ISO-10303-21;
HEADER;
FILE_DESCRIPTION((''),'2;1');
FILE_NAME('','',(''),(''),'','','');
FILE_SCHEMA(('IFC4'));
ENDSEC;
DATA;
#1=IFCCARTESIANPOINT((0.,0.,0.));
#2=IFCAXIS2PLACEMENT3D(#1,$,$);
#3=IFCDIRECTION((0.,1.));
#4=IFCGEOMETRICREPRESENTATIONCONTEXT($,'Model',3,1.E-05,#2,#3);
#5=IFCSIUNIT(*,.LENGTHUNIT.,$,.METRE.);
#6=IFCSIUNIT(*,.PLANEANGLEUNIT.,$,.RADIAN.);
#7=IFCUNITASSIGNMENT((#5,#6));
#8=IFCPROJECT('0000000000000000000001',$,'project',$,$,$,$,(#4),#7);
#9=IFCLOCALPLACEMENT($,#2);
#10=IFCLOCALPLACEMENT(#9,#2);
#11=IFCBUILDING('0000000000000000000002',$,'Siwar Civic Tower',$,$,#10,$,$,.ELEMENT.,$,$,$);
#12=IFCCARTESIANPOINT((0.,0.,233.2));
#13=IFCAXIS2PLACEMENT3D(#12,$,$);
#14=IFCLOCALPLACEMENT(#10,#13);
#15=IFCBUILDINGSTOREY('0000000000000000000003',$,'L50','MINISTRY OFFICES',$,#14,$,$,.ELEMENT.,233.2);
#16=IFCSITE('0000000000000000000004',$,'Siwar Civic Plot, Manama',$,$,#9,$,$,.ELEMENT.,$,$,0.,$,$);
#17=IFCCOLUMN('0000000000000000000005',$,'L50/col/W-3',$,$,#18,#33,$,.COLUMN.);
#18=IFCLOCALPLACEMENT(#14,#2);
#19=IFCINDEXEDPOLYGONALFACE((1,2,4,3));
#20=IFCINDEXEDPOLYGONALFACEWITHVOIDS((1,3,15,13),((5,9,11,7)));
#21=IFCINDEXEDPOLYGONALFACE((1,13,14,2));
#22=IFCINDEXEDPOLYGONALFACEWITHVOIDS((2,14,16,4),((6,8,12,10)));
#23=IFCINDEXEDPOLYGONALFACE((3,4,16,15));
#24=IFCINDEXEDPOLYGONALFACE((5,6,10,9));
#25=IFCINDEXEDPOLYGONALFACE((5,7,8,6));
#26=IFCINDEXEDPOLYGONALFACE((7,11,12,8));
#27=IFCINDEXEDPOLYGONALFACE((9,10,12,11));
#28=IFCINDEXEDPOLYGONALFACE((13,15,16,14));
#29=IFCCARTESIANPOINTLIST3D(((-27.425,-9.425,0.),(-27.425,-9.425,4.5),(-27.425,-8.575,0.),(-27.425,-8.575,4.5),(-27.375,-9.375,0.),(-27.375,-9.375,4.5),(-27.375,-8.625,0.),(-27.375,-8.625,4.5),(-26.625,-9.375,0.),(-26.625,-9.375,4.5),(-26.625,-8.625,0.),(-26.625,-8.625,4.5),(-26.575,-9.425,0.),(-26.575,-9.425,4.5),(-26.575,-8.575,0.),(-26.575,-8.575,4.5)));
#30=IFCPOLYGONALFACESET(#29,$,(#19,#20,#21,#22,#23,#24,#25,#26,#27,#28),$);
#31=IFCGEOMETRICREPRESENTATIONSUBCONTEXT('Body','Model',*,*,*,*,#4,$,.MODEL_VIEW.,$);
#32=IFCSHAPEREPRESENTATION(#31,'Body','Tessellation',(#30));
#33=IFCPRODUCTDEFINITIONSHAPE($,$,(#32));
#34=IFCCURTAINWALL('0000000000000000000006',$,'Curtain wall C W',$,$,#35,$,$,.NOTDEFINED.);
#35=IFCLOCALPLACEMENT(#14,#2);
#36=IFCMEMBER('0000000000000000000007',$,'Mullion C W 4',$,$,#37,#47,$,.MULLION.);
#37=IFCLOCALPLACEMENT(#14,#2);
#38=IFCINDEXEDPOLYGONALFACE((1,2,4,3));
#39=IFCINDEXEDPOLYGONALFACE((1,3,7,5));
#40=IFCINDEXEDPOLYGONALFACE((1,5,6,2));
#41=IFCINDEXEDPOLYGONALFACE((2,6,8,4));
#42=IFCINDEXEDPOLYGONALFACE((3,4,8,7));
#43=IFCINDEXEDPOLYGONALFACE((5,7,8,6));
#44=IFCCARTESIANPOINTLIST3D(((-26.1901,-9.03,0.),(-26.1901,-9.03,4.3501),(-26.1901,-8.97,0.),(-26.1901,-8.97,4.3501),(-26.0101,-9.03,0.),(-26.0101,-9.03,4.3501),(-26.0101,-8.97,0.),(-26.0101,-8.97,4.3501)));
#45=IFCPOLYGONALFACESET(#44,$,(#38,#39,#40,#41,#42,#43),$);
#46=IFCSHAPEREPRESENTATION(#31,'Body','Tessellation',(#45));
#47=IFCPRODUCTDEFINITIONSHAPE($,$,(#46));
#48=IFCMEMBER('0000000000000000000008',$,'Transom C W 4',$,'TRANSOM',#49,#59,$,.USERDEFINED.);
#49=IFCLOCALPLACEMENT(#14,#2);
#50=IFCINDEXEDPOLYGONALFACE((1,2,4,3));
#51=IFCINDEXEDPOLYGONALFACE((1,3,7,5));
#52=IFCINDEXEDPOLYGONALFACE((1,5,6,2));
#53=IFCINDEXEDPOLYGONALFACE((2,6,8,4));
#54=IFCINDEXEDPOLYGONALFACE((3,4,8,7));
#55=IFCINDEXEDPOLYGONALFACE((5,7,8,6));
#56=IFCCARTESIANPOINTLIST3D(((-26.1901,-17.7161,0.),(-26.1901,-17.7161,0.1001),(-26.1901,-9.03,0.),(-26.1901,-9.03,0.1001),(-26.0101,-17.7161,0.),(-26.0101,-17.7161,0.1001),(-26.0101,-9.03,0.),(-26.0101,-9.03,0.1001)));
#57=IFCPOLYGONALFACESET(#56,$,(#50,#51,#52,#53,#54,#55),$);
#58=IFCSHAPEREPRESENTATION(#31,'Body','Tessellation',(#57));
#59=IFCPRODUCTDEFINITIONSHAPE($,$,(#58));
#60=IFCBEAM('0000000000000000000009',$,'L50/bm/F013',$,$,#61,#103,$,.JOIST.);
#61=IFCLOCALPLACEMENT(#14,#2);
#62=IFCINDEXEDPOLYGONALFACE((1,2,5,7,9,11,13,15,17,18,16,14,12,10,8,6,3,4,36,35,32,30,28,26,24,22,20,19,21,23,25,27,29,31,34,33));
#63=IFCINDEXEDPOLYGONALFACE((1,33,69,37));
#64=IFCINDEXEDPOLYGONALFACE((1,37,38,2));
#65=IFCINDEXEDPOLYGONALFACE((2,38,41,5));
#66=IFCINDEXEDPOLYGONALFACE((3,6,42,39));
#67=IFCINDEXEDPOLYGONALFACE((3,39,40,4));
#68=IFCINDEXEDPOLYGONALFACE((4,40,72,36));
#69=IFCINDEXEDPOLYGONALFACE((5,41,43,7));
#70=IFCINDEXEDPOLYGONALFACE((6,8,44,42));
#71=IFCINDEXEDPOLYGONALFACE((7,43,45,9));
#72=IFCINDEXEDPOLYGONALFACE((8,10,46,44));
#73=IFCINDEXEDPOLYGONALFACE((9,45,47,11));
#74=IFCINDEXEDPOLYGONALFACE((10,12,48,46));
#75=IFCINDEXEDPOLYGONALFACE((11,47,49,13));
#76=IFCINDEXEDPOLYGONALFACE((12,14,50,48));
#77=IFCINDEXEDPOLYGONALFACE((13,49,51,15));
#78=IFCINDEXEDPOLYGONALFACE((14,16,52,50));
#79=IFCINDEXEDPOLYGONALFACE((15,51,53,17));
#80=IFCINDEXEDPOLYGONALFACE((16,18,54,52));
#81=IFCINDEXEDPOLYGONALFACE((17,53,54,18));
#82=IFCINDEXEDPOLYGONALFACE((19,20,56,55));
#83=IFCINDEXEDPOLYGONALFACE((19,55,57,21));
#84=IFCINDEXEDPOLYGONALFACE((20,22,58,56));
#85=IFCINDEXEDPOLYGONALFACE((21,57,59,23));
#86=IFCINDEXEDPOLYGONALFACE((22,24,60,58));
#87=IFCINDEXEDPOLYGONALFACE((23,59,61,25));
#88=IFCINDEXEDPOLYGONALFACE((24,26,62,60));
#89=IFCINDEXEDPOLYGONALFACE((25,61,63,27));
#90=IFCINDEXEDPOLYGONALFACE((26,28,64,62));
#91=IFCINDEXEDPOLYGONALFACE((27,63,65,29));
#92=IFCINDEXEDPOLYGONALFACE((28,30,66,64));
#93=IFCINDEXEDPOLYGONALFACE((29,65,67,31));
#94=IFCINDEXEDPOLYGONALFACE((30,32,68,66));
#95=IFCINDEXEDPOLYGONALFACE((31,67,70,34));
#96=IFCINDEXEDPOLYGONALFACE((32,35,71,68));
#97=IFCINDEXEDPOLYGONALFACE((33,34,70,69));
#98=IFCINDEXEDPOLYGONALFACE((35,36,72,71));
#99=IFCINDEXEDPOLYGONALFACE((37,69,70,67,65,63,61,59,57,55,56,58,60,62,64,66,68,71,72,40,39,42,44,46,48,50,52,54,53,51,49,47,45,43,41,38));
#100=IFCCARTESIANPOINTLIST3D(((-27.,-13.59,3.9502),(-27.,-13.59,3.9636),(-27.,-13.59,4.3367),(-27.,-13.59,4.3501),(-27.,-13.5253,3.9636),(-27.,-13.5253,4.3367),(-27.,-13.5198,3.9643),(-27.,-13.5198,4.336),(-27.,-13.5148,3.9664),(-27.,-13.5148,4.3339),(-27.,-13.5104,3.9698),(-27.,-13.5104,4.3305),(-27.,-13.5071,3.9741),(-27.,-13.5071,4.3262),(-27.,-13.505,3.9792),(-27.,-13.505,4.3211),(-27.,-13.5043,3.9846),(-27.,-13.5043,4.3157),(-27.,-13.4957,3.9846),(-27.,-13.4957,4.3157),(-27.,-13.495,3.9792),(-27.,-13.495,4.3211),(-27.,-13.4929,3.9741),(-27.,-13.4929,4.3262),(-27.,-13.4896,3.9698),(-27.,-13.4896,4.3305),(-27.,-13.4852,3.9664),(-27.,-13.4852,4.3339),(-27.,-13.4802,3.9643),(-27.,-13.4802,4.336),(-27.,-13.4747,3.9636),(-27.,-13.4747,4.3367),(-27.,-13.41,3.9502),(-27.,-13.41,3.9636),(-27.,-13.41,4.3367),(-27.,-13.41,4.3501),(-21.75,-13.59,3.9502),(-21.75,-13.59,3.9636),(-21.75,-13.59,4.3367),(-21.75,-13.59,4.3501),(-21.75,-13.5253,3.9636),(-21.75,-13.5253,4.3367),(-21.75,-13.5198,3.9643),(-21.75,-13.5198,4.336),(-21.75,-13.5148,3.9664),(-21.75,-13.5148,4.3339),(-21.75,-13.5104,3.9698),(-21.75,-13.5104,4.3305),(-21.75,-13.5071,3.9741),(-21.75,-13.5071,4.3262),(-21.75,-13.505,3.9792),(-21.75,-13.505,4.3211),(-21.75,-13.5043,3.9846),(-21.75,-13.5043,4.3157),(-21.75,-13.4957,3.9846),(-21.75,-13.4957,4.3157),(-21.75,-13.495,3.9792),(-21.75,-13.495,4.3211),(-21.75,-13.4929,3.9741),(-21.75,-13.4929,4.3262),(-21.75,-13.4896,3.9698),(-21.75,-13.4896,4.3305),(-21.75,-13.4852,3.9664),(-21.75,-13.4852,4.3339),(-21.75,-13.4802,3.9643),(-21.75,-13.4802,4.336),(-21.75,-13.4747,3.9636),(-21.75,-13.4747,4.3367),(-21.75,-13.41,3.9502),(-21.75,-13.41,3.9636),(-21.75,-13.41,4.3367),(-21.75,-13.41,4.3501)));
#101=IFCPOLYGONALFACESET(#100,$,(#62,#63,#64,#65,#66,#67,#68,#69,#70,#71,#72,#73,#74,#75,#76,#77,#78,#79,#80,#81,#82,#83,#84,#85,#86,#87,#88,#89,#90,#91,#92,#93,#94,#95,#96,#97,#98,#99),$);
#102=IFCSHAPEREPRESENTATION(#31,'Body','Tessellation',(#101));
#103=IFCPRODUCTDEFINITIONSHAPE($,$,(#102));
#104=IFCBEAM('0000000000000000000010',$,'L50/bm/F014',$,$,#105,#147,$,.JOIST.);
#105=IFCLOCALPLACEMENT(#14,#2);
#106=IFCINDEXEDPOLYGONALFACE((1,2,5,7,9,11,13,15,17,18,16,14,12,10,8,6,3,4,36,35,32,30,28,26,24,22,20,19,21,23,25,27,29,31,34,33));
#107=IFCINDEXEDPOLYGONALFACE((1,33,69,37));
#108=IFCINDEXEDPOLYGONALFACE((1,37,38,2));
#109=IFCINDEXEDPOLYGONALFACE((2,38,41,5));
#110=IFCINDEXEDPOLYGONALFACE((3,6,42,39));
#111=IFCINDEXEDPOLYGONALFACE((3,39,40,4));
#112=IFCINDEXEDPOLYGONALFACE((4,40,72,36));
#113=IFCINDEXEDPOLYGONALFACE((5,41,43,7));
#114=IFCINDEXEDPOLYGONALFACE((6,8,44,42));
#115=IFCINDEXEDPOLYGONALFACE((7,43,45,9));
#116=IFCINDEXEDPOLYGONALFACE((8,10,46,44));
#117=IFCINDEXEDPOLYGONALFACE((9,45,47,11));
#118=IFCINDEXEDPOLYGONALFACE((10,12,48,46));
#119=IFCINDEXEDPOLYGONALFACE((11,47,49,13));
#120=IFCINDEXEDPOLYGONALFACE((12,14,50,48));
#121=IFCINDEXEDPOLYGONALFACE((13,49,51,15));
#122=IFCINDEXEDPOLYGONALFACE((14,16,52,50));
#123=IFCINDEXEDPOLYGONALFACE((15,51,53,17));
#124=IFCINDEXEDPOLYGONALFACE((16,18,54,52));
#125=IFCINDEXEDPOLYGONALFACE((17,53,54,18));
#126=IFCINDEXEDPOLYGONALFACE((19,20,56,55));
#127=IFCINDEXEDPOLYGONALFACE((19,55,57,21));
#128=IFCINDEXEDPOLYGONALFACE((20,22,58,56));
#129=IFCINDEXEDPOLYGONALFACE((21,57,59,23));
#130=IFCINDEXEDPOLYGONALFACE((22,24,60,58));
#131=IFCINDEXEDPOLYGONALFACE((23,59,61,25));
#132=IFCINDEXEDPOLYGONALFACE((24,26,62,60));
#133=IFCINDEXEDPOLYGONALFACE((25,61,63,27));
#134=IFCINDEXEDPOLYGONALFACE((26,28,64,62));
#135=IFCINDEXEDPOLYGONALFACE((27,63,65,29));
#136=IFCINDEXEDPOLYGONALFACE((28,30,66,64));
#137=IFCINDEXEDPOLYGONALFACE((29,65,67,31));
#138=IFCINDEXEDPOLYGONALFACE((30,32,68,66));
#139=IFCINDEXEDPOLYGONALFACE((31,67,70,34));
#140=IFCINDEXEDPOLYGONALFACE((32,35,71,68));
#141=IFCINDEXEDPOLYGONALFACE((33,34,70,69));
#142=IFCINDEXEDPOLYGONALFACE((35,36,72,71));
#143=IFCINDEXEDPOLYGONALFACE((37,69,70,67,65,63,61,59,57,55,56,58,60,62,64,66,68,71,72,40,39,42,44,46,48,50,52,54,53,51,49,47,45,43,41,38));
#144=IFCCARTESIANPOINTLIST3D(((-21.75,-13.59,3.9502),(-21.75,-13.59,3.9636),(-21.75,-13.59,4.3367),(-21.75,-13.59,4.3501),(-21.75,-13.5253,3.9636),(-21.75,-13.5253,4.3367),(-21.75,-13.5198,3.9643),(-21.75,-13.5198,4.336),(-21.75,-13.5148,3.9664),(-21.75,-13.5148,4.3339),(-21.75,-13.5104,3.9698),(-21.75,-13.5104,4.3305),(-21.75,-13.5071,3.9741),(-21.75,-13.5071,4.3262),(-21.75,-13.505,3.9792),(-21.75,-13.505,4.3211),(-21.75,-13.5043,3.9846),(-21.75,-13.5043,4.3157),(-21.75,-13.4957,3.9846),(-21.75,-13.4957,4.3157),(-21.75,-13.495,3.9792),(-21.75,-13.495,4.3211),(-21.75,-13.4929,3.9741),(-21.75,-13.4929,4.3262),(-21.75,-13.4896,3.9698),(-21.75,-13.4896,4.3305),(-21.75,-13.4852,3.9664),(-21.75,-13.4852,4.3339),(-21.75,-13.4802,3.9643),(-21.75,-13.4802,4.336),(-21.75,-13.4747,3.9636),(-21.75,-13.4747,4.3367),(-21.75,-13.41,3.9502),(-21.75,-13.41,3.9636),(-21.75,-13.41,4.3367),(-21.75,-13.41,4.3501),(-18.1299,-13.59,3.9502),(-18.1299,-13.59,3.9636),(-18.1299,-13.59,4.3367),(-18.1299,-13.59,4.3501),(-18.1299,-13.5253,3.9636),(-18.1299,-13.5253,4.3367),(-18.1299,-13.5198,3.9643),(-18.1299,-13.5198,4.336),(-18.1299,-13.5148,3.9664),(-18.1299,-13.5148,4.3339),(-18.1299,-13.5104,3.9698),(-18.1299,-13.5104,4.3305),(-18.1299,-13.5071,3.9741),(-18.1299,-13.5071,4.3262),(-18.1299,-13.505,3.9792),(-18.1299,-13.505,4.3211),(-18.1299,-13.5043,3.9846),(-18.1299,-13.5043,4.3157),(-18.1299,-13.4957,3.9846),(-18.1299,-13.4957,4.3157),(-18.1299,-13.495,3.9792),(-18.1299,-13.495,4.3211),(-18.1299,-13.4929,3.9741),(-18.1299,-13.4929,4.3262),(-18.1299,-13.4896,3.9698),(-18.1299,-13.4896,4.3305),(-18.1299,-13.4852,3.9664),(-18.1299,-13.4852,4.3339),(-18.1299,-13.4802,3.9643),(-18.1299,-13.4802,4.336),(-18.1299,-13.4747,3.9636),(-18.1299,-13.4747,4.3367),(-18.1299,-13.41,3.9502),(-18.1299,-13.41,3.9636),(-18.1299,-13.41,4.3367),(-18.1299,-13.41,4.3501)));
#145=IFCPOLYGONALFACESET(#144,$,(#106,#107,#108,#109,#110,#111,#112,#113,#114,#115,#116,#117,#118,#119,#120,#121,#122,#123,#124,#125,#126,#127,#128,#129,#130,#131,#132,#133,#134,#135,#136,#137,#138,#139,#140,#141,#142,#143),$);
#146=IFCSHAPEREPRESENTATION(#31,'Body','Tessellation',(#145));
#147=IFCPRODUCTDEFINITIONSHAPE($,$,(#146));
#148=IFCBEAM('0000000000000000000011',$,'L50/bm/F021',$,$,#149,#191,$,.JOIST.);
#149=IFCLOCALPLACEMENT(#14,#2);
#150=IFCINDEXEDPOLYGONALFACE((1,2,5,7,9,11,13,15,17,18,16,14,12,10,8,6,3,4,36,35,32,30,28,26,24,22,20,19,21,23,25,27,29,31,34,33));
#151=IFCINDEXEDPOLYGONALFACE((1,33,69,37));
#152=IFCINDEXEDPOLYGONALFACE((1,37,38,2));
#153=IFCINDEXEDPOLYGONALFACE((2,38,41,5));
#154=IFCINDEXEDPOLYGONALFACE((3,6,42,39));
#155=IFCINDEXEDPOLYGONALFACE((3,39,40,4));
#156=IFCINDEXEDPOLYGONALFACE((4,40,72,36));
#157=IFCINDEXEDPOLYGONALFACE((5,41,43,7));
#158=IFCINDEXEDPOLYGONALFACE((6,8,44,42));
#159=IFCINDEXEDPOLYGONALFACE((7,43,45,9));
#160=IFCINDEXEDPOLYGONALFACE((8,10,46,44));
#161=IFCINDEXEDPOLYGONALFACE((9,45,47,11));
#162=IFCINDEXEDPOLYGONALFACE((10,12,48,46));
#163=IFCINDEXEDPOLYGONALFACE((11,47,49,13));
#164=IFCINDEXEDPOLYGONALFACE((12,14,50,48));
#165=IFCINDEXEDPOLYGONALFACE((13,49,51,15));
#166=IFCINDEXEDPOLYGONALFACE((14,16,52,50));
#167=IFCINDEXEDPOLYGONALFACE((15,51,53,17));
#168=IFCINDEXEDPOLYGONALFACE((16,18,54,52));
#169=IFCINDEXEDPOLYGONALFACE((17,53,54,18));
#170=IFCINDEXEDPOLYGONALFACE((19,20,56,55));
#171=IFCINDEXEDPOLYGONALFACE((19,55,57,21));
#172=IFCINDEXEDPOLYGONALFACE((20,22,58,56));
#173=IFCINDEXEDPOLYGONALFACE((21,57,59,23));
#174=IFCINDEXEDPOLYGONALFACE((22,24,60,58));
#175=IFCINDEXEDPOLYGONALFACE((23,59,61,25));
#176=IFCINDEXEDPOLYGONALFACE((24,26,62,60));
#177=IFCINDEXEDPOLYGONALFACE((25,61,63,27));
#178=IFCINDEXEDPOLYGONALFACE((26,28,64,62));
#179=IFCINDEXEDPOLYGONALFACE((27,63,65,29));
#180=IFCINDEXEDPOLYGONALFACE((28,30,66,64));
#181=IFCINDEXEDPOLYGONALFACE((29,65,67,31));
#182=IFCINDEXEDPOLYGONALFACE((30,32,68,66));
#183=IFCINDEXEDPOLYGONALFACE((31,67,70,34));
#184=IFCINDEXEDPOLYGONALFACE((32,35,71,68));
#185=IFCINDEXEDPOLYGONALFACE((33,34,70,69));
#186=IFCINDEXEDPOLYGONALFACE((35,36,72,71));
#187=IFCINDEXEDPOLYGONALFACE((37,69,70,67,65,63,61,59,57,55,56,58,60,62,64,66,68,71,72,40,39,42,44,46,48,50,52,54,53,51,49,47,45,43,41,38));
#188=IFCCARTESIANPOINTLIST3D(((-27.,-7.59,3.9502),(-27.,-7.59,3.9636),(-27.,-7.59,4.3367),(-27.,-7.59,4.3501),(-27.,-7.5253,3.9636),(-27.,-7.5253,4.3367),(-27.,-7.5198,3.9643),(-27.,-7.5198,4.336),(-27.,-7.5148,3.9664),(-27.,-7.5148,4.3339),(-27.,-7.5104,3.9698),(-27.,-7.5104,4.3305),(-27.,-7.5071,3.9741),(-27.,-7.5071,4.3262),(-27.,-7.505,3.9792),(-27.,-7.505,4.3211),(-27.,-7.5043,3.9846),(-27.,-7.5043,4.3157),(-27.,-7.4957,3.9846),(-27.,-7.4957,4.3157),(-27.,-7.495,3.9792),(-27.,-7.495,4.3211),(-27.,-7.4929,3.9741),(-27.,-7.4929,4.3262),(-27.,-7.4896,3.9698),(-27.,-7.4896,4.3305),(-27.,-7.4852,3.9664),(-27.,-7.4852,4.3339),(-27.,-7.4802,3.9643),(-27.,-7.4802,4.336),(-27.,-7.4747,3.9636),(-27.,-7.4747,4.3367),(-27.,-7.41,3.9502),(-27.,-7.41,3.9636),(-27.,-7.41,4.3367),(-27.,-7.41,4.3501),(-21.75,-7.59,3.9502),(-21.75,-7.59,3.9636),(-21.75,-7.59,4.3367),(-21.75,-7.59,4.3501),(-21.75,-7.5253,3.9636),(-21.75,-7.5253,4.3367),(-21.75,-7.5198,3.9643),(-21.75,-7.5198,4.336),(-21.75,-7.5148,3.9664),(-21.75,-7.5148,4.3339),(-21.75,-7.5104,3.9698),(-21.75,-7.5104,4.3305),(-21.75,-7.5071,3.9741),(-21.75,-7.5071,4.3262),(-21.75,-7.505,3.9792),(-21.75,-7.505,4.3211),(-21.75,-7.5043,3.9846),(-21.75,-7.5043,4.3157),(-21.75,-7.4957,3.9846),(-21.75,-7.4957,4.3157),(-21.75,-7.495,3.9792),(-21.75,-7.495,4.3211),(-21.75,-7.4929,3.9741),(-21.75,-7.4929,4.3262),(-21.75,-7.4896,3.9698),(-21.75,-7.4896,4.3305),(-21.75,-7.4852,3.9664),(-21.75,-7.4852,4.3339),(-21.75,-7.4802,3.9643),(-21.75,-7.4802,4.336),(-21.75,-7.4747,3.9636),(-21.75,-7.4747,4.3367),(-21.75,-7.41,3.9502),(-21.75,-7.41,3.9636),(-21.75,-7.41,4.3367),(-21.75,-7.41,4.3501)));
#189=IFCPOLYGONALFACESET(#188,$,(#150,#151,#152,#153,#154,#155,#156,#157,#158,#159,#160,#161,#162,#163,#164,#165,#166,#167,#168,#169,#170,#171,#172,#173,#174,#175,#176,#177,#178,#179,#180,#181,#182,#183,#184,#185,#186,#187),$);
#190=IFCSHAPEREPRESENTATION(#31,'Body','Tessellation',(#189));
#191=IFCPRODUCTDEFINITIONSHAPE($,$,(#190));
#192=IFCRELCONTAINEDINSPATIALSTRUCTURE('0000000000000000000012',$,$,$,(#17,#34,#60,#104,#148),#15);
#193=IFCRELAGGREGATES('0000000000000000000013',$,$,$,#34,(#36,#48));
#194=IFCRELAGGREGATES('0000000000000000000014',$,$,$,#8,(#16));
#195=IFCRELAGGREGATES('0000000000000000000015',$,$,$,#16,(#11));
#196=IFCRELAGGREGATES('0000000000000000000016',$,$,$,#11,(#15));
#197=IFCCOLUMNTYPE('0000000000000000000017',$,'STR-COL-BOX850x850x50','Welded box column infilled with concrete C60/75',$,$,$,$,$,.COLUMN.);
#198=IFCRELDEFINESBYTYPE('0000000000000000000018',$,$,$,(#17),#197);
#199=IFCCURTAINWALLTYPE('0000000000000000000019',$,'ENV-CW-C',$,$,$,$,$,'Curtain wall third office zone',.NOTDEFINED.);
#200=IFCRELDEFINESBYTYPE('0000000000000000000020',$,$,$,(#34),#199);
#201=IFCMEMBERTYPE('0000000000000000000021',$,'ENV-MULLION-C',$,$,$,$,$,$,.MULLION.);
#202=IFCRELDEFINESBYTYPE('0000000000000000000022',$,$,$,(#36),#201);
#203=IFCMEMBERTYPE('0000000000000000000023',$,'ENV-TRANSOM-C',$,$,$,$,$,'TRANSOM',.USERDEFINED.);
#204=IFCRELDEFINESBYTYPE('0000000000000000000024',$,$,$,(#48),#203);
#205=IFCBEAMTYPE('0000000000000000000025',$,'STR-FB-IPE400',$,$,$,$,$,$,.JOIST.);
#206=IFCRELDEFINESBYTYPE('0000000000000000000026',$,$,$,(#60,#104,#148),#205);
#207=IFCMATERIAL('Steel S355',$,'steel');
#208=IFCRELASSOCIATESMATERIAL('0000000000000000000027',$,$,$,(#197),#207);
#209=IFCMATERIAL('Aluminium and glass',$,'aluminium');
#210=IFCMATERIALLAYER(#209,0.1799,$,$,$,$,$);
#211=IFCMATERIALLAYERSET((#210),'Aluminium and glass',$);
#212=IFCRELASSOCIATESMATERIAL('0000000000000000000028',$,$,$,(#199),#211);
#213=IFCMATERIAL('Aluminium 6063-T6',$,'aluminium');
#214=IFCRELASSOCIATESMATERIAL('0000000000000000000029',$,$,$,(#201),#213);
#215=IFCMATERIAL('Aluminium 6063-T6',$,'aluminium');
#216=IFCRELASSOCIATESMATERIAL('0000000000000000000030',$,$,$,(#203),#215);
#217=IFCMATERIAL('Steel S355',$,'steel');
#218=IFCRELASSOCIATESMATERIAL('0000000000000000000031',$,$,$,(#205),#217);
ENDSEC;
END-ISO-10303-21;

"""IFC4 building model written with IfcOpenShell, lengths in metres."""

from ifc_helpers import new_model, si_unit, direction, frame, origin, origin_2d, place, context, subcontext, project, spatial, rectangle, hollow_rectangle, i_section, extrude, material, layer, layer_set, material_profile, profile_set, type_object, element, aggregate, save


model = new_model("IFC4")

# Units and contexts
model_context = context("Model", 3, precision=1e-05, world=origin(), true_north=direction((0.0, 1.0)))
body_context = subcontext(model_context, "Body", "Model", "MODEL_VIEW")
ifc_project = project(units=[si_unit("LENGTHUNIT", "METRE"), si_unit("PLANEANGLEUNIT", "RADIAN")], contexts=[model_context])

# Site, building, storey
site_placement = place(None, origin())
site = spatial("IfcSite", under=ifc_project, at=site_placement, Name="Siwar Civic Plot, Manama", CompositionType="ELEMENT", RefElevation=0.0)
building_placement = place(site_placement, origin())
building = spatial("IfcBuilding", under=site, at=building_placement, Name="Siwar Civic Tower", CompositionType="ELEMENT")
storey_placement = place(building_placement, frame((0.0, 0.0, 233.2)))
storey = spatial("IfcBuildingStorey", under=building, at=storey_placement, Name="L50", Description="MINISTRY OFFICES", CompositionType="ELEMENT", Elevation=233.2)

# Column
ifc_material_1 = material(Name="Steel S355", Category="steel")
ifc_material_profile_1 = material_profile(ifc_material_1, hollow_rectangle(XDim=0.8501, YDim=0.8501, WallThickness=0.05, at=origin_2d()), Name="BOX850x850x50")
ifc_profile_set_1 = profile_set([ifc_material_profile_1], Name="Steel S355")
column_type = type_object("IfcColumnType", Name="STR-COL-BOX850x850x50", Description="Welded box column infilled with concrete C60/75", PredefinedType="COLUMN", material=ifc_profile_set_1)
column_placement = place(storey_placement, frame((-27.0, -9.0, 0.0), z_axis=(0.0, 0.0, 1.0), x_axis=(1.0, 0.0, 0.0)))
element("IfcColumn", 1, at=column_placement, inside=storey, type_object=column_type, Name="L50/col/W-3", PredefinedType="COLUMN", context=body_context, shape_type="SweptSolid", body=[
    extrude(hollow_rectangle(XDim=0.8501, YDim=0.8501, WallThickness=0.05, at=origin_2d()), origin(), (0.0, 0.0, 1.0), 4.5),
])

# Curtain wall, members
ifc_material_2 = material(Name="Aluminium and glass", Category="aluminium")
ifc_layer_1 = layer(ifc_material_2, 0.1799)
ifc_layer_set_1 = layer_set([ifc_layer_1], Name="Aluminium and glass")
curtain_wall_type = type_object("IfcCurtainWallType", Name="ENV-CW-C", ElementType="Curtain wall third office zone", PredefinedType="NOTDEFINED", material=ifc_layer_set_1)
curtain_wall_placement = place(storey_placement, origin())
curtain_wall = element("IfcCurtainWall", 2, at=curtain_wall_placement, inside=storey, type_object=curtain_wall_type, Name="Curtain wall C W", PredefinedType="NOTDEFINED")
ifc_material_3 = material(Name="Aluminium 6063-T6", Category="aluminium")
ifc_material_profile_2 = material_profile(ifc_material_3, rectangle(XDim=0.1799, YDim=0.0601, at=origin_2d()), Name="AL 180x60")
ifc_profile_set_2 = profile_set([ifc_material_profile_2], Name="Aluminium 6063-T6")
member_type_1 = type_object("IfcMemberType", Name="ENV-MULLION-C", PredefinedType="MULLION", material=ifc_profile_set_2)
member_1_placement = place(storey_placement, frame((-26.1001, -9.0, 0.0), z_axis=(0.0, 0.0, 1.0), x_axis=(1.0, 0.0, 0.0)))
member_1 = element("IfcMember", 3, at=member_1_placement, type_object=member_type_1, Name="Mullion C W 4", PredefinedType="MULLION", context=body_context, shape_type="SweptSolid", body=[
    extrude(rectangle(XDim=0.1799, YDim=0.0601, at=origin_2d()), origin(), (0.0, 0.0, 1.0), 4.3501),
])
ifc_material_4 = material(Name="Aluminium 6063-T6", Category="aluminium")
ifc_material_profile_3 = material_profile(ifc_material_4, rectangle(XDim=0.1799, YDim=0.1001, at=origin_2d()), Name="AL 180x100")
ifc_profile_set_3 = profile_set([ifc_material_profile_3], Name="Aluminium 6063-T6")
member_type_2 = type_object("IfcMemberType", Name="ENV-TRANSOM-C", ElementType="TRANSOM", PredefinedType="USERDEFINED", material=ifc_profile_set_3)
member_2_placement = place(storey_placement, frame((-26.1001, -9.03, 0.05), z_axis=(0.0, -1.0, 0.0), x_axis=(1.0, 0.0, 0.0)))
member_2 = element("IfcMember", 4, at=member_2_placement, type_object=member_type_2, Name="Transom C W 4", ObjectType="TRANSOM", PredefinedType="USERDEFINED", context=body_context, shape_type="SweptSolid", body=[
    extrude(rectangle(XDim=0.1799, YDim=0.1001, at=origin_2d()), origin(), (0.0, 0.0, 1.0), 8.686),
])

# Beams
ifc_material_5 = material(Name="Steel S355", Category="steel")
ifc_material_profile_4 = material_profile(ifc_material_5, i_section(OverallWidth=0.1799, OverallDepth=0.3999, WebThickness=0.0085, FlangeThickness=0.0134, FilletRadius=0.021, at=origin_2d()), Name="IPE400")
ifc_profile_set_4 = profile_set([ifc_material_profile_4], Name="Steel S355")
beam_type_1 = type_object("IfcBeamType", Name="STR-FB-IPE400", PredefinedType="JOIST", material=ifc_profile_set_4)
beam_1_placement = place(storey_placement, frame((-27.0, -13.5, 4.1501), z_axis=(1.0, 0.0, 0.0), x_axis=(0.0, 1.0, 0.0)))
element("IfcBeam", 5, at=beam_1_placement, inside=storey, type_object=beam_type_1, Name="L50/bm/F013", PredefinedType="JOIST", context=body_context, shape_type="SweptSolid", body=[
    extrude(i_section(OverallWidth=0.1799, OverallDepth=0.3999, WebThickness=0.0085, FlangeThickness=0.0134, FilletRadius=0.021, at=origin_2d()), origin(), (0.0, 0.0, 1.0), 5.25),
])
beam_2_placement = place(storey_placement, frame((-21.75, -13.5, 4.1501), z_axis=(1.0, 0.0, 0.0), x_axis=(0.0, 1.0, 0.0)))
element("IfcBeam", 6, at=beam_2_placement, inside=storey, type_object=beam_type_1, Name="L50/bm/F014", PredefinedType="JOIST", context=body_context, shape_type="SweptSolid", body=[
    extrude(i_section(OverallWidth=0.1799, OverallDepth=0.3999, WebThickness=0.0085, FlangeThickness=0.0134, FilletRadius=0.021, at=origin_2d()), origin(), (0.0, 0.0, 1.0), 3.6201),
])
beam_3_placement = place(storey_placement, frame((-27.0, -7.5, 4.1501), z_axis=(1.0, 0.0, 0.0), x_axis=(0.0, 1.0, 0.0)))
element("IfcBeam", 7, at=beam_3_placement, inside=storey, type_object=beam_type_1, Name="L50/bm/F021", PredefinedType="JOIST", context=body_context, shape_type="SweptSolid", body=[
    extrude(i_section(OverallWidth=0.1799, OverallDepth=0.3999, WebThickness=0.0085, FlangeThickness=0.0134, FilletRadius=0.021, at=origin_2d()), origin(), (0.0, 0.0, 1.0), 5.25),
])

aggregate(curtain_wall, [member_1, member_2])

save(model, "model.ifc")
